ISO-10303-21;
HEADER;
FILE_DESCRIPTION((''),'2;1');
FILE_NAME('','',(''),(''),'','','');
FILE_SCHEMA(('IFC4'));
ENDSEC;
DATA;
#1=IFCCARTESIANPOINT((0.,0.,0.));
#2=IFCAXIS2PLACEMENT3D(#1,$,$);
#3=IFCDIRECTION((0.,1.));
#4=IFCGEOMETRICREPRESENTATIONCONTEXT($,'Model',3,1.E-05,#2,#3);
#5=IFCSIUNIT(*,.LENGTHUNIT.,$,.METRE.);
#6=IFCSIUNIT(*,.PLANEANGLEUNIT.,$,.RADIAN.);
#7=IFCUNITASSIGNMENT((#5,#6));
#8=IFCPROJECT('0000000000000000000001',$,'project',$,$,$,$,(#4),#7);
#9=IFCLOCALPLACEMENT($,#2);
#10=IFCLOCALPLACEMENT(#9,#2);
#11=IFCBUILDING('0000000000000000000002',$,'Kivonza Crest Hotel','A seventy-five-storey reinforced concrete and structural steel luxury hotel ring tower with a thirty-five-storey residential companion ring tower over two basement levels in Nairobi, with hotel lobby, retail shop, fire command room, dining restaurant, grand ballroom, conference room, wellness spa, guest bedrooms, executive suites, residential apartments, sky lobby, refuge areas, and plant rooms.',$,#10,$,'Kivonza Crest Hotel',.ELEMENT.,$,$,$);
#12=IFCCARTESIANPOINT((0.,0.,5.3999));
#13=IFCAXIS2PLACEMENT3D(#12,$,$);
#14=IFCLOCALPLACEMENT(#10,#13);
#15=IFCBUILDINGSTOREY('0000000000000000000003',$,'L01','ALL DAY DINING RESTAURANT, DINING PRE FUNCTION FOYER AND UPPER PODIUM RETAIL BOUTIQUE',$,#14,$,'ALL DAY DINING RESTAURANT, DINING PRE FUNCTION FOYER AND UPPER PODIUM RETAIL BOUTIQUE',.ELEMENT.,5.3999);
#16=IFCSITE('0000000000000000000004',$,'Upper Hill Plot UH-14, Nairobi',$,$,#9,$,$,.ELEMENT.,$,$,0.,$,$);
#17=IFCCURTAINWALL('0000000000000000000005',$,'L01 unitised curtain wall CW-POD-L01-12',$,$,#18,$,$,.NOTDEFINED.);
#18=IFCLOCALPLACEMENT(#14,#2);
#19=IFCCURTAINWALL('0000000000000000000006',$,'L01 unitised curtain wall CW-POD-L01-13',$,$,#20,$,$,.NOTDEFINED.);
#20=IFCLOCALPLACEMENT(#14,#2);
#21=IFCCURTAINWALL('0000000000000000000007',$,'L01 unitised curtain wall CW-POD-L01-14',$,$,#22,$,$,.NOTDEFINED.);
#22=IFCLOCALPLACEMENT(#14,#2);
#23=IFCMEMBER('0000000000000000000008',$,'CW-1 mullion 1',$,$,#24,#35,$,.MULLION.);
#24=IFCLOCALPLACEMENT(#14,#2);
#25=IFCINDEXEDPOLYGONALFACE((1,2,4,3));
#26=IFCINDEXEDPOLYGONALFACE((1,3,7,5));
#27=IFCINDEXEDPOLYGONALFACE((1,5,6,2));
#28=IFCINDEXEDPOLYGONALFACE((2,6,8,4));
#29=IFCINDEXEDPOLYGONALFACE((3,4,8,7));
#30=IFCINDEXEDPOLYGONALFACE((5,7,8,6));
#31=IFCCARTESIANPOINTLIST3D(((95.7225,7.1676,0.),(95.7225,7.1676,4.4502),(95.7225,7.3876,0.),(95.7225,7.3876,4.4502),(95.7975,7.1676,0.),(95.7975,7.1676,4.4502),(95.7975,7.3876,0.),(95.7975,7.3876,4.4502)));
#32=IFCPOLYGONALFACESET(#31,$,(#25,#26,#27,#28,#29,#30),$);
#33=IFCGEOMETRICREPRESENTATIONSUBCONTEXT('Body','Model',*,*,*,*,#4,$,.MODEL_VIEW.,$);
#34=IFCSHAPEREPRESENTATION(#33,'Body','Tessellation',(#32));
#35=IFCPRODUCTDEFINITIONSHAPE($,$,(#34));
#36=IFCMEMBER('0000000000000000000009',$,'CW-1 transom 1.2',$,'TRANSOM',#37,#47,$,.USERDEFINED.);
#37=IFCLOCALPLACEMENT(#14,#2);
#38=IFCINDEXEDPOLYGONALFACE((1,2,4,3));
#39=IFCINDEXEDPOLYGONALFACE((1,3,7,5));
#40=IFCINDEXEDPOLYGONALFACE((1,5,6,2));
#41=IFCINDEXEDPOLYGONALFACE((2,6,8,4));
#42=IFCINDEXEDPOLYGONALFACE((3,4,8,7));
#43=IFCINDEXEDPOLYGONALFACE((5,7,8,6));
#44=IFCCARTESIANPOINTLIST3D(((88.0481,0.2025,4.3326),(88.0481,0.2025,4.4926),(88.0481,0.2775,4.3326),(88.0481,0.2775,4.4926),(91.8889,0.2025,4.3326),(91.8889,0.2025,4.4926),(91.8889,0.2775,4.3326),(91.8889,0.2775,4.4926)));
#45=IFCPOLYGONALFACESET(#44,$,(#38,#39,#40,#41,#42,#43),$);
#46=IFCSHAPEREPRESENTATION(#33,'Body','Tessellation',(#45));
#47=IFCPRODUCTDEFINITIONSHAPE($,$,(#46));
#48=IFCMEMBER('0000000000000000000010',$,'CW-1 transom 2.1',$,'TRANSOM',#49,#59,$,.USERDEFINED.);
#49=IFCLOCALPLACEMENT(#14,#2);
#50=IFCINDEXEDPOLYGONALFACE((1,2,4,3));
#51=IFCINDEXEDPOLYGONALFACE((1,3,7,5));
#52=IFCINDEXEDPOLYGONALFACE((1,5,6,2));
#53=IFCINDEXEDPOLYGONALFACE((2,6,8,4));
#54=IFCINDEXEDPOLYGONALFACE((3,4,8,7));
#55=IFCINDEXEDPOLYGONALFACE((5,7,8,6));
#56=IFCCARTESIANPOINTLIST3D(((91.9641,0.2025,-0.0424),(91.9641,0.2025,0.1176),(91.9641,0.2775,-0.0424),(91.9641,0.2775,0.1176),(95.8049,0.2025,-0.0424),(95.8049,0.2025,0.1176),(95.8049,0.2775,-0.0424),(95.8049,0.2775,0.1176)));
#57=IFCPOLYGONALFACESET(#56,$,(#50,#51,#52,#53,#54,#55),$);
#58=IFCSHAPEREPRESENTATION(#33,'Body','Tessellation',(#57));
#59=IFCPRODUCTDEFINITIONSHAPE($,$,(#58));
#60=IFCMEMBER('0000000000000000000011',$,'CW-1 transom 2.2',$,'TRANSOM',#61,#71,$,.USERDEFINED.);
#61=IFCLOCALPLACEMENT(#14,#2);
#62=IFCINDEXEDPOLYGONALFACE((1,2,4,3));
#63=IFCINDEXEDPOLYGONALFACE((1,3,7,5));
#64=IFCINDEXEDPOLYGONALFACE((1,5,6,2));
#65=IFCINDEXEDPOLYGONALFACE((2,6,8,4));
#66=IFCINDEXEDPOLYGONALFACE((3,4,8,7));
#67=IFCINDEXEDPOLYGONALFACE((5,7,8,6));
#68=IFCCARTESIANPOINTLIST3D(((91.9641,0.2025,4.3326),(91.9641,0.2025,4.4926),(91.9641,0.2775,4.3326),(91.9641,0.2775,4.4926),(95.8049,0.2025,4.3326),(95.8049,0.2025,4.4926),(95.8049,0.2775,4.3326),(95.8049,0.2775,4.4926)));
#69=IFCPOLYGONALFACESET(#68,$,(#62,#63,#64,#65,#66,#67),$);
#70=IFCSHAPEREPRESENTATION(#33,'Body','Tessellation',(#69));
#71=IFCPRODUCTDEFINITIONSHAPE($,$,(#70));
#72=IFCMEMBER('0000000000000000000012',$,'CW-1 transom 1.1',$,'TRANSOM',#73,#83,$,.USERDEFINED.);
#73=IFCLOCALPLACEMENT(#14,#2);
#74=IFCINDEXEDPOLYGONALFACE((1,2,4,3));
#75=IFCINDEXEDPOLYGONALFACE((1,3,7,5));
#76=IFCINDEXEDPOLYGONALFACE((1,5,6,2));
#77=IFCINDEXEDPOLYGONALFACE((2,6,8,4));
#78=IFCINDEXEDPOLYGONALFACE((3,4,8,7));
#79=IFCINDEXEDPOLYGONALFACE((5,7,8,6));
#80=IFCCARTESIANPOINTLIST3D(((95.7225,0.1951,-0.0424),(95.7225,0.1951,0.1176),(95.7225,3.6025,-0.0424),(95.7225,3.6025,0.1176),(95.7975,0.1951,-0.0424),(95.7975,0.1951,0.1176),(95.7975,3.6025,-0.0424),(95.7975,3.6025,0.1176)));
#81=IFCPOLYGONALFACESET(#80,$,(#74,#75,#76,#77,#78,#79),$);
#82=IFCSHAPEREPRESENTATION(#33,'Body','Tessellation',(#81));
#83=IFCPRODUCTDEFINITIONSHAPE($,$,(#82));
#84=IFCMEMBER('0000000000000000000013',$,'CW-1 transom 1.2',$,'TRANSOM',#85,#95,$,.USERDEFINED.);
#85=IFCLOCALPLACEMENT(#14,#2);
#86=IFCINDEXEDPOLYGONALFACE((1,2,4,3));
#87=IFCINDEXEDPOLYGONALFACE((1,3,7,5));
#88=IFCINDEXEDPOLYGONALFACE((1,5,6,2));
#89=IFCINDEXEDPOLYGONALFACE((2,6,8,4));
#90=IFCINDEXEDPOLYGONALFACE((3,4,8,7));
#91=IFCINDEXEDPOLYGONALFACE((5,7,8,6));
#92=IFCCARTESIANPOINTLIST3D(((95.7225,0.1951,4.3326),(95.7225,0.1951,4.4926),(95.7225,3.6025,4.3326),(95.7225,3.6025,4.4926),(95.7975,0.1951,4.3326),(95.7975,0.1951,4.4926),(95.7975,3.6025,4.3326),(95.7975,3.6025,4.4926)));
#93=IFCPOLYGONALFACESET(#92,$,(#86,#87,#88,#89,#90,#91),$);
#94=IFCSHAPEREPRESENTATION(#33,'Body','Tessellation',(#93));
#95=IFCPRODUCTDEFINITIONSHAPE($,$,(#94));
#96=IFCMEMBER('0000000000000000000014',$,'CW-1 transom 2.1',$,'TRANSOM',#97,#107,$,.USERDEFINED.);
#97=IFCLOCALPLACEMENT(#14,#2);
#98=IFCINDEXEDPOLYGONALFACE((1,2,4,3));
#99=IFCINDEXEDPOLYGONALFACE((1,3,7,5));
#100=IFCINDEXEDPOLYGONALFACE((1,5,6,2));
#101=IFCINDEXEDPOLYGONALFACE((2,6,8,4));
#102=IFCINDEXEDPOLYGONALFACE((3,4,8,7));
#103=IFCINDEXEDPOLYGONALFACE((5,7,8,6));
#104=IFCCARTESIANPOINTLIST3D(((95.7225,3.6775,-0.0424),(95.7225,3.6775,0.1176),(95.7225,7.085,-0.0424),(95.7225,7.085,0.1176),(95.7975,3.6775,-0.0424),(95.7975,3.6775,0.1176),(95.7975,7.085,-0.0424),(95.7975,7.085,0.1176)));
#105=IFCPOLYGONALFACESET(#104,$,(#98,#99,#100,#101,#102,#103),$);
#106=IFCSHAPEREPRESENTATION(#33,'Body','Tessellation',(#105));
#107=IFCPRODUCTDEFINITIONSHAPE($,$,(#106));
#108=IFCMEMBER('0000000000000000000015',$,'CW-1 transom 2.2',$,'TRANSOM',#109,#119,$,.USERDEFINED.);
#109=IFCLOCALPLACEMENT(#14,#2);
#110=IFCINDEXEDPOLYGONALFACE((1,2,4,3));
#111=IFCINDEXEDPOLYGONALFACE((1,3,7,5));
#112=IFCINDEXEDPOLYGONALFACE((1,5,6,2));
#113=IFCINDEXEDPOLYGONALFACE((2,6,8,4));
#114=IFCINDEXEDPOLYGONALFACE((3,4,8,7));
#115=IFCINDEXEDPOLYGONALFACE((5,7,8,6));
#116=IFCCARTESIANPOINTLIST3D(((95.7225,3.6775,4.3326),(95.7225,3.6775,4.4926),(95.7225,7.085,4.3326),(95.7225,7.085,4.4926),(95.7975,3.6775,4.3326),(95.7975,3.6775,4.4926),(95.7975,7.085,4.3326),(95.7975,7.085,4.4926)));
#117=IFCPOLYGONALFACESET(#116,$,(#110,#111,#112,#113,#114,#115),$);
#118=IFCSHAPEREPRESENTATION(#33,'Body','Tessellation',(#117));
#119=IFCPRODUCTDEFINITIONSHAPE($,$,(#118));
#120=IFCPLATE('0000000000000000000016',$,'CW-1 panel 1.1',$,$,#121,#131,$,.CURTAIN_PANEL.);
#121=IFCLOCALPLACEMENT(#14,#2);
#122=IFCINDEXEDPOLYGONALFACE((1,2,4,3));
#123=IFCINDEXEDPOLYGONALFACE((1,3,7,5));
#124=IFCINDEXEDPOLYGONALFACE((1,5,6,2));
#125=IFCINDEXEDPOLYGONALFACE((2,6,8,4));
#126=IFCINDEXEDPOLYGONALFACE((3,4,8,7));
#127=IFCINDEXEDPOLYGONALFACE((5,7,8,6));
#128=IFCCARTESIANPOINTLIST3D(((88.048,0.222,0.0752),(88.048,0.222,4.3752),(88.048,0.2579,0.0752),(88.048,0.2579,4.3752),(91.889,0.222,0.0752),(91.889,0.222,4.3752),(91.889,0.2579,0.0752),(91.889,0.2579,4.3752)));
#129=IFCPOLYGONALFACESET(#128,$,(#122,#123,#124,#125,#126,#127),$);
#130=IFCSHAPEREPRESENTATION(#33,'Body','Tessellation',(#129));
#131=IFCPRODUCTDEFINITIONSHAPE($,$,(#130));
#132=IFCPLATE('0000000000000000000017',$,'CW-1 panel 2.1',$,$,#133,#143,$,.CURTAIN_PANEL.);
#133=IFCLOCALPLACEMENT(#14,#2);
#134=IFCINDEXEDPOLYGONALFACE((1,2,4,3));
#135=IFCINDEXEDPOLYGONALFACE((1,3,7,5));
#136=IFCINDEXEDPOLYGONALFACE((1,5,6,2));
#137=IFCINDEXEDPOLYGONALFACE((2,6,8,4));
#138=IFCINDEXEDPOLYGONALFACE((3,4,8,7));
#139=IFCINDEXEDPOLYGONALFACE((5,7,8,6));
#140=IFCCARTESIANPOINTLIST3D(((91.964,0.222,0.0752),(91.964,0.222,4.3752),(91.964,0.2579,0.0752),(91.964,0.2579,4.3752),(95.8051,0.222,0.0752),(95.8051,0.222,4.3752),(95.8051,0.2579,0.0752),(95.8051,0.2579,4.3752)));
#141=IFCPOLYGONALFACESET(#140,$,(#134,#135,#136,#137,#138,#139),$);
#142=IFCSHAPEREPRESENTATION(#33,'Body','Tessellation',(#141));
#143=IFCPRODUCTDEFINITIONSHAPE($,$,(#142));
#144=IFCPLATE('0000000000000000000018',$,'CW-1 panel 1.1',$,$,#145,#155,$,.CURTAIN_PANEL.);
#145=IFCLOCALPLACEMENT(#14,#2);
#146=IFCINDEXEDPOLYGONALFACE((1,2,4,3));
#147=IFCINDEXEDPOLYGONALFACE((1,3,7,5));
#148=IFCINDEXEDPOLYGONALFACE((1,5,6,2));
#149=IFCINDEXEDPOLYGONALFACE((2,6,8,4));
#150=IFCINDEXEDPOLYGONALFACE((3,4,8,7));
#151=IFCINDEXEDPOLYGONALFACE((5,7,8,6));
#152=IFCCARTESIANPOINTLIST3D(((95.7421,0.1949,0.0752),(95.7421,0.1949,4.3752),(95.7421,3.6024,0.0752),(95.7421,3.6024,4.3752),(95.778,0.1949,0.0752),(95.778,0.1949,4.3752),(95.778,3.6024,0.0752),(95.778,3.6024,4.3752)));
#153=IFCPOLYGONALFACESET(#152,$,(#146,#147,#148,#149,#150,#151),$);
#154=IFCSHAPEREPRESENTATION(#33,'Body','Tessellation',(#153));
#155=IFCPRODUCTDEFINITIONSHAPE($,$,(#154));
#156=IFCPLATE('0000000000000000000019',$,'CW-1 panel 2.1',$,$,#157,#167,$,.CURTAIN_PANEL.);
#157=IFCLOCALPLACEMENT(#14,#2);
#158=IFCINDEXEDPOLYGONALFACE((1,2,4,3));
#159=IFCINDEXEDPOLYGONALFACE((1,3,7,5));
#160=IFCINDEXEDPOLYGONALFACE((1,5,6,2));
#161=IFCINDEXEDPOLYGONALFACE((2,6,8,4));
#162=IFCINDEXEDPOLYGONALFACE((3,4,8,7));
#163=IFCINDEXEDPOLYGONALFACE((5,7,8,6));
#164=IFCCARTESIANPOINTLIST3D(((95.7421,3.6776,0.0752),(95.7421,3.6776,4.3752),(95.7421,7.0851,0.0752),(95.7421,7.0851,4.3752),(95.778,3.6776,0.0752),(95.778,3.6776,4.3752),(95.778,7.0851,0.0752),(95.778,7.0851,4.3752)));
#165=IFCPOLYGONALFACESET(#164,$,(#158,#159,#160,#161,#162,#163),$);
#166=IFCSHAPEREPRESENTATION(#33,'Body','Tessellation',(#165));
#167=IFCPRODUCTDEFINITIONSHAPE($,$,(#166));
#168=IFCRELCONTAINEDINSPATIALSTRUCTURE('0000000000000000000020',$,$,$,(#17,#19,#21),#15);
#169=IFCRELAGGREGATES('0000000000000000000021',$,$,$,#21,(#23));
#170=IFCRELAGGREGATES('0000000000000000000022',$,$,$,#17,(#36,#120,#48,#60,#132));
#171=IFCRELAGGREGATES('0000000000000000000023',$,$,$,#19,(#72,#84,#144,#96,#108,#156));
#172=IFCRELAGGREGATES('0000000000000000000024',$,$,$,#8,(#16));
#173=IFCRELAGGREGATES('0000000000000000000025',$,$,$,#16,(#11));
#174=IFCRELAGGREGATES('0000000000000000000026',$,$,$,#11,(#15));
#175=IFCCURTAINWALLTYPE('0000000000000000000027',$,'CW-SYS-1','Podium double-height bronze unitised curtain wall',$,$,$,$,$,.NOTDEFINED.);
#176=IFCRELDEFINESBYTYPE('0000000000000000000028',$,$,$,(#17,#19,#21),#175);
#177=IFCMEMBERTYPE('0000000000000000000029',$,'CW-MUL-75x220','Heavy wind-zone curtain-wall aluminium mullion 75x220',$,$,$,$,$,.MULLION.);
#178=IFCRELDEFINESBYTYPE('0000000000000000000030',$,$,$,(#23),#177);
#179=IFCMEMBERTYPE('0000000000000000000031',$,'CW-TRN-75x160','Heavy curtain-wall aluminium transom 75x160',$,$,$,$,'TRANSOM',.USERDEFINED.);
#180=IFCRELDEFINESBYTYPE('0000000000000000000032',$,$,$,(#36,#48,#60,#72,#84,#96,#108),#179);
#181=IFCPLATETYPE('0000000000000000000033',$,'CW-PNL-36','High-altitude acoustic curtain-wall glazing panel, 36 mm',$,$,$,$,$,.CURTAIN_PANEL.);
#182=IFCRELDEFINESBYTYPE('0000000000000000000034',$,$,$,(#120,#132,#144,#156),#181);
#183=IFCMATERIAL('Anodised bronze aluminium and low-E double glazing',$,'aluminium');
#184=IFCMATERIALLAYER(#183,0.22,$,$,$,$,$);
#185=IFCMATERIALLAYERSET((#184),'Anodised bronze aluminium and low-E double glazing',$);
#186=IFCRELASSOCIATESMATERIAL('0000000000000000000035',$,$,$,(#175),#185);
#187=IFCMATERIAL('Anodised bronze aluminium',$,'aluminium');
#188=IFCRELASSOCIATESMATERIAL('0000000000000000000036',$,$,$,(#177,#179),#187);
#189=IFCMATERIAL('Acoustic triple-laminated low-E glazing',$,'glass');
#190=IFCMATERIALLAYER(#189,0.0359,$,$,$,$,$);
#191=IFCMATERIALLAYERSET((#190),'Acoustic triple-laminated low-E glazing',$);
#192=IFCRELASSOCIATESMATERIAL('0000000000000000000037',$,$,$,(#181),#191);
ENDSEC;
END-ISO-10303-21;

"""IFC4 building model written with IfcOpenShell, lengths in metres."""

from ifc_helpers import new_model, si_unit, direction, frame, origin, origin_2d, place, context, subcontext, project, spatial, rectangle, extrude, material, layer, layer_set, material_profile, profile_set, type_object, element, aggregate, save


model = new_model("IFC4")

# Units and contexts
model_context = context("Model", 3, precision=1e-05, world=origin(), true_north=direction((0.0, 1.0)))
body_context = subcontext(model_context, "Body", "Model", "MODEL_VIEW")
ifc_project = project(units=[si_unit("LENGTHUNIT", "METRE"), si_unit("PLANEANGLEUNIT", "RADIAN")], contexts=[model_context])

# Site, building, storey
site_placement = place(None, origin())
site = spatial("IfcSite", under=ifc_project, at=site_placement, Name="Upper Hill Plot UH-14, Nairobi", CompositionType="ELEMENT", RefElevation=0.0)
building_placement = place(site_placement, origin())
building = spatial("IfcBuilding", under=site, at=building_placement, Name="Kivonza Crest Hotel", Description="A seventy-five-storey reinforced concrete and structural steel luxury hotel ring tower with a thirty-five-storey residential companion ring tower over two basement levels in Nairobi, with hotel lobby, retail shop, fire command room, dining restaurant, grand ballroom, conference room, wellness spa, guest bedrooms, executive suites, residential apartments, sky lobby, refuge areas, and plant rooms.", LongName="Kivonza Crest Hotel", CompositionType="ELEMENT")
storey_placement = place(building_placement, frame((0.0, 0.0, 5.3999)))
storey = spatial("IfcBuildingStorey", under=building, at=storey_placement, Name="L01", Description="ALL DAY DINING RESTAURANT, DINING PRE FUNCTION FOYER AND UPPER PODIUM RETAIL BOUTIQUE", LongName="ALL DAY DINING RESTAURANT, DINING PRE FUNCTION FOYER AND UPPER PODIUM RETAIL BOUTIQUE", CompositionType="ELEMENT", Elevation=5.3999)

# Curtain walls
ifc_material_1 = material(Name="Anodised bronze aluminium and low-E double glazing", Category="aluminium")
ifc_layer_1 = layer(ifc_material_1, 0.22)
ifc_layer_set_1 = layer_set([ifc_layer_1], Name="Anodised bronze aluminium and low-E double glazing")
curtain_wall_type = type_object("IfcCurtainWallType", Name="CW-SYS-1", Description="Podium double-height bronze unitised curtain wall", PredefinedType="NOTDEFINED", material=ifc_layer_set_1)
curtain_wall_1_placement = place(storey_placement, origin())
curtain_wall_1 = element("IfcCurtainWall", 1, at=curtain_wall_1_placement, inside=storey, type_object=curtain_wall_type, Name="L01 unitised curtain wall CW-POD-L01-12", PredefinedType="NOTDEFINED")
ifc_material_2 = material(Name="Anodised bronze aluminium", Category="aluminium")
ifc_material_profile_1 = material_profile(ifc_material_2, rectangle(XDim=0.075, YDim=0.22, at=origin_2d()), Name="CW-M 75x220")
ifc_profile_set_1 = profile_set([ifc_material_profile_1], Name="Anodised bronze aluminium")
member_type_1 = type_object("IfcMemberType", Name="CW-MUL-75x220", Description="Heavy wind-zone curtain-wall aluminium mullion 75x220", PredefinedType="MULLION", material=ifc_profile_set_1)
curtain_wall_2_placement = place(storey_placement, origin())
curtain_wall_2 = element("IfcCurtainWall", 2, at=curtain_wall_2_placement, inside=storey, type_object=curtain_wall_type, Name="L01 unitised curtain wall CW-POD-L01-13", PredefinedType="NOTDEFINED")

# Curtain wall, member
curtain_wall_3_placement = place(storey_placement, origin())
curtain_wall_3 = element("IfcCurtainWall", 3, at=curtain_wall_3_placement, inside=storey, type_object=curtain_wall_type, Name="L01 unitised curtain wall CW-POD-L01-14", PredefinedType="NOTDEFINED")
member_1_placement = place(storey_placement, frame((95.76, 7.2776, 0.0), z_axis=(0.0, 0.0, 1.0), x_axis=(-1.0, 0.0, 0.0)))
member_1 = element("IfcMember", 4, at=member_1_placement, type_object=member_type_1, Name="CW-1 mullion 1", PredefinedType="MULLION", context=body_context, shape_type="SweptSolid", body=[
    extrude(rectangle(XDim=0.075, YDim=0.22, at=origin_2d()), origin(), (0.0, 0.0, 1.0), 4.4502),
])
aggregate(curtain_wall_3, [member_1])

# Members
ifc_material_profile_2 = material_profile(ifc_material_2, rectangle(XDim=0.075, YDim=0.1599, at=origin_2d()), Name="CW-T 75x160")
ifc_profile_set_2 = profile_set([ifc_material_profile_2], Name="Anodised bronze aluminium")
member_type_2 = type_object("IfcMemberType", Name="CW-TRN-75x160", Description="Heavy curtain-wall aluminium transom 75x160", ElementType="TRANSOM", PredefinedType="USERDEFINED", material=ifc_profile_set_2)
member_2_placement = place(storey_placement, frame((88.0481, 0.24, 4.4126), z_axis=(1.0, 0.0, 0.0), x_axis=(0.0, 1.0, 0.0)))
member_2 = element("IfcMember", 5, at=member_2_placement, type_object=member_type_2, Name="CW-1 transom 1.2", ObjectType="TRANSOM", PredefinedType="USERDEFINED", context=body_context, shape_type="SweptSolid", body=[
    extrude(rectangle(XDim=0.075, YDim=0.1599, at=origin_2d()), origin(), (0.0, 0.0, 1.0), 3.8408),
])
member_3_placement = place(storey_placement, frame((91.9641, 0.24, 0.0376), z_axis=(1.0, 0.0, 0.0), x_axis=(0.0, 1.0, 0.0)))
member_3 = element("IfcMember", 6, at=member_3_placement, type_object=member_type_2, Name="CW-1 transom 2.1", ObjectType="TRANSOM", PredefinedType="USERDEFINED", context=body_context, shape_type="SweptSolid", body=[
    extrude(rectangle(XDim=0.075, YDim=0.1599, at=origin_2d()), origin(), (0.0, 0.0, 1.0), 3.8408),
])
member_4_placement = place(storey_placement, frame((91.9641, 0.24, 4.4126), z_axis=(1.0, 0.0, 0.0), x_axis=(0.0, 1.0, 0.0)))
member_4 = element("IfcMember", 7, at=member_4_placement, type_object=member_type_2, Name="CW-1 transom 2.2", ObjectType="TRANSOM", PredefinedType="USERDEFINED", context=body_context, shape_type="SweptSolid", body=[
    extrude(rectangle(XDim=0.075, YDim=0.1599, at=origin_2d()), origin(), (0.0, 0.0, 1.0), 3.8408),
])
member_5_placement = place(storey_placement, frame((95.76, 0.1951, 0.0376), z_axis=(0.0, 1.0, 0.0), x_axis=(-1.0, 0.0, 0.0)))
member_5 = element("IfcMember", 8, at=member_5_placement, type_object=member_type_2, Name="CW-1 transom 1.1", ObjectType="TRANSOM", PredefinedType="USERDEFINED", context=body_context, shape_type="SweptSolid", body=[
    extrude(rectangle(XDim=0.075, YDim=0.1599, at=origin_2d()), origin(), (0.0, 0.0, 1.0), 3.4075),
])
member_6_placement = place(storey_placement, frame((95.76, 0.1951, 4.4126), z_axis=(0.0, 1.0, 0.0), x_axis=(-1.0, 0.0, 0.0)))
member_6 = element("IfcMember", 9, at=member_6_placement, type_object=member_type_2, Name="CW-1 transom 1.2", ObjectType="TRANSOM", PredefinedType="USERDEFINED", context=body_context, shape_type="SweptSolid", body=[
    extrude(rectangle(XDim=0.075, YDim=0.1599, at=origin_2d()), origin(), (0.0, 0.0, 1.0), 3.4075),
])
member_7_placement = place(storey_placement, frame((95.76, 3.6775, 0.0376), z_axis=(0.0, 1.0, 0.0), x_axis=(-1.0, 0.0, 0.0)))
member_7 = element("IfcMember", 10, at=member_7_placement, type_object=member_type_2, Name="CW-1 transom 2.1", ObjectType="TRANSOM", PredefinedType="USERDEFINED", context=body_context, shape_type="SweptSolid", body=[
    extrude(rectangle(XDim=0.075, YDim=0.1599, at=origin_2d()), origin(), (0.0, 0.0, 1.0), 3.4075),
])
member_8_placement = place(storey_placement, frame((95.76, 3.6775, 4.4126), z_axis=(0.0, 1.0, 0.0), x_axis=(-1.0, 0.0, 0.0)))
member_8 = element("IfcMember", 11, at=member_8_placement, type_object=member_type_2, Name="CW-1 transom 2.2", ObjectType="TRANSOM", PredefinedType="USERDEFINED", context=body_context, shape_type="SweptSolid", body=[
    extrude(rectangle(XDim=0.075, YDim=0.1599, at=origin_2d()), origin(), (0.0, 0.0, 1.0), 3.4075),
])

# Plates
ifc_material_3 = material(Name="Acoustic triple-laminated low-E glazing", Category="glass")
ifc_layer_2 = layer(ifc_material_3, 0.0359)
ifc_layer_set_2 = layer_set([ifc_layer_2], Name="Acoustic triple-laminated low-E glazing")
plate_type = type_object("IfcPlateType", Name="CW-PNL-36", Description="High-altitude acoustic curtain-wall glazing panel, 36 mm", PredefinedType="CURTAIN_PANEL", material=ifc_layer_set_2)
plate_1_placement = place(storey_placement, frame((89.9685, 0.24, 0.0752), z_axis=(0.0, 0.0, 1.0), x_axis=(1.0, 0.0, 0.0)))
plate_1 = element("IfcPlate", 12, at=plate_1_placement, type_object=plate_type, Name="CW-1 panel 1.1", PredefinedType="CURTAIN_PANEL", context=body_context, shape_type="SweptSolid", body=[
    extrude(rectangle(XDim=3.8411, YDim=0.0359, at=origin_2d()), origin(), (0.0, 0.0, 1.0), 4.3),
])
plate_2_placement = place(storey_placement, frame((93.8845, 0.24, 0.0752), z_axis=(0.0, 0.0, 1.0), x_axis=(1.0, 0.0, 0.0)))
plate_2 = element("IfcPlate", 13, at=plate_2_placement, type_object=plate_type, Name="CW-1 panel 2.1", PredefinedType="CURTAIN_PANEL", context=body_context, shape_type="SweptSolid", body=[
    extrude(rectangle(XDim=3.8411, YDim=0.0359, at=origin_2d()), origin(), (0.0, 0.0, 1.0), 4.3),
])
aggregate(curtain_wall_1, [member_2, plate_1, member_3, member_4, plate_2])
plate_3_placement = place(storey_placement, frame((95.76, 1.8987, 0.0752), z_axis=(0.0, 0.0, 1.0), x_axis=(0.0, 1.0, 0.0)))
plate_3 = element("IfcPlate", 14, at=plate_3_placement, type_object=plate_type, Name="CW-1 panel 1.1", PredefinedType="CURTAIN_PANEL", context=body_context, shape_type="SweptSolid", body=[
    extrude(rectangle(XDim=3.4075, YDim=0.0359, at=origin_2d()), origin(), (0.0, 0.0, 1.0), 4.3),
])
plate_4_placement = place(storey_placement, frame((95.76, 5.3813, 0.0752), z_axis=(0.0, 0.0, 1.0), x_axis=(0.0, 1.0, 0.0)))
plate_4 = element("IfcPlate", 15, at=plate_4_placement, type_object=plate_type, Name="CW-1 panel 2.1", PredefinedType="CURTAIN_PANEL", context=body_context, shape_type="SweptSolid", body=[
    extrude(rectangle(XDim=3.4075, YDim=0.0359, at=origin_2d()), origin(), (0.0, 0.0, 1.0), 4.3),
])
aggregate(curtain_wall_2, [member_5, member_6, plate_3, member_7, member_8, plate_4])

save(model, "model.ifc")
